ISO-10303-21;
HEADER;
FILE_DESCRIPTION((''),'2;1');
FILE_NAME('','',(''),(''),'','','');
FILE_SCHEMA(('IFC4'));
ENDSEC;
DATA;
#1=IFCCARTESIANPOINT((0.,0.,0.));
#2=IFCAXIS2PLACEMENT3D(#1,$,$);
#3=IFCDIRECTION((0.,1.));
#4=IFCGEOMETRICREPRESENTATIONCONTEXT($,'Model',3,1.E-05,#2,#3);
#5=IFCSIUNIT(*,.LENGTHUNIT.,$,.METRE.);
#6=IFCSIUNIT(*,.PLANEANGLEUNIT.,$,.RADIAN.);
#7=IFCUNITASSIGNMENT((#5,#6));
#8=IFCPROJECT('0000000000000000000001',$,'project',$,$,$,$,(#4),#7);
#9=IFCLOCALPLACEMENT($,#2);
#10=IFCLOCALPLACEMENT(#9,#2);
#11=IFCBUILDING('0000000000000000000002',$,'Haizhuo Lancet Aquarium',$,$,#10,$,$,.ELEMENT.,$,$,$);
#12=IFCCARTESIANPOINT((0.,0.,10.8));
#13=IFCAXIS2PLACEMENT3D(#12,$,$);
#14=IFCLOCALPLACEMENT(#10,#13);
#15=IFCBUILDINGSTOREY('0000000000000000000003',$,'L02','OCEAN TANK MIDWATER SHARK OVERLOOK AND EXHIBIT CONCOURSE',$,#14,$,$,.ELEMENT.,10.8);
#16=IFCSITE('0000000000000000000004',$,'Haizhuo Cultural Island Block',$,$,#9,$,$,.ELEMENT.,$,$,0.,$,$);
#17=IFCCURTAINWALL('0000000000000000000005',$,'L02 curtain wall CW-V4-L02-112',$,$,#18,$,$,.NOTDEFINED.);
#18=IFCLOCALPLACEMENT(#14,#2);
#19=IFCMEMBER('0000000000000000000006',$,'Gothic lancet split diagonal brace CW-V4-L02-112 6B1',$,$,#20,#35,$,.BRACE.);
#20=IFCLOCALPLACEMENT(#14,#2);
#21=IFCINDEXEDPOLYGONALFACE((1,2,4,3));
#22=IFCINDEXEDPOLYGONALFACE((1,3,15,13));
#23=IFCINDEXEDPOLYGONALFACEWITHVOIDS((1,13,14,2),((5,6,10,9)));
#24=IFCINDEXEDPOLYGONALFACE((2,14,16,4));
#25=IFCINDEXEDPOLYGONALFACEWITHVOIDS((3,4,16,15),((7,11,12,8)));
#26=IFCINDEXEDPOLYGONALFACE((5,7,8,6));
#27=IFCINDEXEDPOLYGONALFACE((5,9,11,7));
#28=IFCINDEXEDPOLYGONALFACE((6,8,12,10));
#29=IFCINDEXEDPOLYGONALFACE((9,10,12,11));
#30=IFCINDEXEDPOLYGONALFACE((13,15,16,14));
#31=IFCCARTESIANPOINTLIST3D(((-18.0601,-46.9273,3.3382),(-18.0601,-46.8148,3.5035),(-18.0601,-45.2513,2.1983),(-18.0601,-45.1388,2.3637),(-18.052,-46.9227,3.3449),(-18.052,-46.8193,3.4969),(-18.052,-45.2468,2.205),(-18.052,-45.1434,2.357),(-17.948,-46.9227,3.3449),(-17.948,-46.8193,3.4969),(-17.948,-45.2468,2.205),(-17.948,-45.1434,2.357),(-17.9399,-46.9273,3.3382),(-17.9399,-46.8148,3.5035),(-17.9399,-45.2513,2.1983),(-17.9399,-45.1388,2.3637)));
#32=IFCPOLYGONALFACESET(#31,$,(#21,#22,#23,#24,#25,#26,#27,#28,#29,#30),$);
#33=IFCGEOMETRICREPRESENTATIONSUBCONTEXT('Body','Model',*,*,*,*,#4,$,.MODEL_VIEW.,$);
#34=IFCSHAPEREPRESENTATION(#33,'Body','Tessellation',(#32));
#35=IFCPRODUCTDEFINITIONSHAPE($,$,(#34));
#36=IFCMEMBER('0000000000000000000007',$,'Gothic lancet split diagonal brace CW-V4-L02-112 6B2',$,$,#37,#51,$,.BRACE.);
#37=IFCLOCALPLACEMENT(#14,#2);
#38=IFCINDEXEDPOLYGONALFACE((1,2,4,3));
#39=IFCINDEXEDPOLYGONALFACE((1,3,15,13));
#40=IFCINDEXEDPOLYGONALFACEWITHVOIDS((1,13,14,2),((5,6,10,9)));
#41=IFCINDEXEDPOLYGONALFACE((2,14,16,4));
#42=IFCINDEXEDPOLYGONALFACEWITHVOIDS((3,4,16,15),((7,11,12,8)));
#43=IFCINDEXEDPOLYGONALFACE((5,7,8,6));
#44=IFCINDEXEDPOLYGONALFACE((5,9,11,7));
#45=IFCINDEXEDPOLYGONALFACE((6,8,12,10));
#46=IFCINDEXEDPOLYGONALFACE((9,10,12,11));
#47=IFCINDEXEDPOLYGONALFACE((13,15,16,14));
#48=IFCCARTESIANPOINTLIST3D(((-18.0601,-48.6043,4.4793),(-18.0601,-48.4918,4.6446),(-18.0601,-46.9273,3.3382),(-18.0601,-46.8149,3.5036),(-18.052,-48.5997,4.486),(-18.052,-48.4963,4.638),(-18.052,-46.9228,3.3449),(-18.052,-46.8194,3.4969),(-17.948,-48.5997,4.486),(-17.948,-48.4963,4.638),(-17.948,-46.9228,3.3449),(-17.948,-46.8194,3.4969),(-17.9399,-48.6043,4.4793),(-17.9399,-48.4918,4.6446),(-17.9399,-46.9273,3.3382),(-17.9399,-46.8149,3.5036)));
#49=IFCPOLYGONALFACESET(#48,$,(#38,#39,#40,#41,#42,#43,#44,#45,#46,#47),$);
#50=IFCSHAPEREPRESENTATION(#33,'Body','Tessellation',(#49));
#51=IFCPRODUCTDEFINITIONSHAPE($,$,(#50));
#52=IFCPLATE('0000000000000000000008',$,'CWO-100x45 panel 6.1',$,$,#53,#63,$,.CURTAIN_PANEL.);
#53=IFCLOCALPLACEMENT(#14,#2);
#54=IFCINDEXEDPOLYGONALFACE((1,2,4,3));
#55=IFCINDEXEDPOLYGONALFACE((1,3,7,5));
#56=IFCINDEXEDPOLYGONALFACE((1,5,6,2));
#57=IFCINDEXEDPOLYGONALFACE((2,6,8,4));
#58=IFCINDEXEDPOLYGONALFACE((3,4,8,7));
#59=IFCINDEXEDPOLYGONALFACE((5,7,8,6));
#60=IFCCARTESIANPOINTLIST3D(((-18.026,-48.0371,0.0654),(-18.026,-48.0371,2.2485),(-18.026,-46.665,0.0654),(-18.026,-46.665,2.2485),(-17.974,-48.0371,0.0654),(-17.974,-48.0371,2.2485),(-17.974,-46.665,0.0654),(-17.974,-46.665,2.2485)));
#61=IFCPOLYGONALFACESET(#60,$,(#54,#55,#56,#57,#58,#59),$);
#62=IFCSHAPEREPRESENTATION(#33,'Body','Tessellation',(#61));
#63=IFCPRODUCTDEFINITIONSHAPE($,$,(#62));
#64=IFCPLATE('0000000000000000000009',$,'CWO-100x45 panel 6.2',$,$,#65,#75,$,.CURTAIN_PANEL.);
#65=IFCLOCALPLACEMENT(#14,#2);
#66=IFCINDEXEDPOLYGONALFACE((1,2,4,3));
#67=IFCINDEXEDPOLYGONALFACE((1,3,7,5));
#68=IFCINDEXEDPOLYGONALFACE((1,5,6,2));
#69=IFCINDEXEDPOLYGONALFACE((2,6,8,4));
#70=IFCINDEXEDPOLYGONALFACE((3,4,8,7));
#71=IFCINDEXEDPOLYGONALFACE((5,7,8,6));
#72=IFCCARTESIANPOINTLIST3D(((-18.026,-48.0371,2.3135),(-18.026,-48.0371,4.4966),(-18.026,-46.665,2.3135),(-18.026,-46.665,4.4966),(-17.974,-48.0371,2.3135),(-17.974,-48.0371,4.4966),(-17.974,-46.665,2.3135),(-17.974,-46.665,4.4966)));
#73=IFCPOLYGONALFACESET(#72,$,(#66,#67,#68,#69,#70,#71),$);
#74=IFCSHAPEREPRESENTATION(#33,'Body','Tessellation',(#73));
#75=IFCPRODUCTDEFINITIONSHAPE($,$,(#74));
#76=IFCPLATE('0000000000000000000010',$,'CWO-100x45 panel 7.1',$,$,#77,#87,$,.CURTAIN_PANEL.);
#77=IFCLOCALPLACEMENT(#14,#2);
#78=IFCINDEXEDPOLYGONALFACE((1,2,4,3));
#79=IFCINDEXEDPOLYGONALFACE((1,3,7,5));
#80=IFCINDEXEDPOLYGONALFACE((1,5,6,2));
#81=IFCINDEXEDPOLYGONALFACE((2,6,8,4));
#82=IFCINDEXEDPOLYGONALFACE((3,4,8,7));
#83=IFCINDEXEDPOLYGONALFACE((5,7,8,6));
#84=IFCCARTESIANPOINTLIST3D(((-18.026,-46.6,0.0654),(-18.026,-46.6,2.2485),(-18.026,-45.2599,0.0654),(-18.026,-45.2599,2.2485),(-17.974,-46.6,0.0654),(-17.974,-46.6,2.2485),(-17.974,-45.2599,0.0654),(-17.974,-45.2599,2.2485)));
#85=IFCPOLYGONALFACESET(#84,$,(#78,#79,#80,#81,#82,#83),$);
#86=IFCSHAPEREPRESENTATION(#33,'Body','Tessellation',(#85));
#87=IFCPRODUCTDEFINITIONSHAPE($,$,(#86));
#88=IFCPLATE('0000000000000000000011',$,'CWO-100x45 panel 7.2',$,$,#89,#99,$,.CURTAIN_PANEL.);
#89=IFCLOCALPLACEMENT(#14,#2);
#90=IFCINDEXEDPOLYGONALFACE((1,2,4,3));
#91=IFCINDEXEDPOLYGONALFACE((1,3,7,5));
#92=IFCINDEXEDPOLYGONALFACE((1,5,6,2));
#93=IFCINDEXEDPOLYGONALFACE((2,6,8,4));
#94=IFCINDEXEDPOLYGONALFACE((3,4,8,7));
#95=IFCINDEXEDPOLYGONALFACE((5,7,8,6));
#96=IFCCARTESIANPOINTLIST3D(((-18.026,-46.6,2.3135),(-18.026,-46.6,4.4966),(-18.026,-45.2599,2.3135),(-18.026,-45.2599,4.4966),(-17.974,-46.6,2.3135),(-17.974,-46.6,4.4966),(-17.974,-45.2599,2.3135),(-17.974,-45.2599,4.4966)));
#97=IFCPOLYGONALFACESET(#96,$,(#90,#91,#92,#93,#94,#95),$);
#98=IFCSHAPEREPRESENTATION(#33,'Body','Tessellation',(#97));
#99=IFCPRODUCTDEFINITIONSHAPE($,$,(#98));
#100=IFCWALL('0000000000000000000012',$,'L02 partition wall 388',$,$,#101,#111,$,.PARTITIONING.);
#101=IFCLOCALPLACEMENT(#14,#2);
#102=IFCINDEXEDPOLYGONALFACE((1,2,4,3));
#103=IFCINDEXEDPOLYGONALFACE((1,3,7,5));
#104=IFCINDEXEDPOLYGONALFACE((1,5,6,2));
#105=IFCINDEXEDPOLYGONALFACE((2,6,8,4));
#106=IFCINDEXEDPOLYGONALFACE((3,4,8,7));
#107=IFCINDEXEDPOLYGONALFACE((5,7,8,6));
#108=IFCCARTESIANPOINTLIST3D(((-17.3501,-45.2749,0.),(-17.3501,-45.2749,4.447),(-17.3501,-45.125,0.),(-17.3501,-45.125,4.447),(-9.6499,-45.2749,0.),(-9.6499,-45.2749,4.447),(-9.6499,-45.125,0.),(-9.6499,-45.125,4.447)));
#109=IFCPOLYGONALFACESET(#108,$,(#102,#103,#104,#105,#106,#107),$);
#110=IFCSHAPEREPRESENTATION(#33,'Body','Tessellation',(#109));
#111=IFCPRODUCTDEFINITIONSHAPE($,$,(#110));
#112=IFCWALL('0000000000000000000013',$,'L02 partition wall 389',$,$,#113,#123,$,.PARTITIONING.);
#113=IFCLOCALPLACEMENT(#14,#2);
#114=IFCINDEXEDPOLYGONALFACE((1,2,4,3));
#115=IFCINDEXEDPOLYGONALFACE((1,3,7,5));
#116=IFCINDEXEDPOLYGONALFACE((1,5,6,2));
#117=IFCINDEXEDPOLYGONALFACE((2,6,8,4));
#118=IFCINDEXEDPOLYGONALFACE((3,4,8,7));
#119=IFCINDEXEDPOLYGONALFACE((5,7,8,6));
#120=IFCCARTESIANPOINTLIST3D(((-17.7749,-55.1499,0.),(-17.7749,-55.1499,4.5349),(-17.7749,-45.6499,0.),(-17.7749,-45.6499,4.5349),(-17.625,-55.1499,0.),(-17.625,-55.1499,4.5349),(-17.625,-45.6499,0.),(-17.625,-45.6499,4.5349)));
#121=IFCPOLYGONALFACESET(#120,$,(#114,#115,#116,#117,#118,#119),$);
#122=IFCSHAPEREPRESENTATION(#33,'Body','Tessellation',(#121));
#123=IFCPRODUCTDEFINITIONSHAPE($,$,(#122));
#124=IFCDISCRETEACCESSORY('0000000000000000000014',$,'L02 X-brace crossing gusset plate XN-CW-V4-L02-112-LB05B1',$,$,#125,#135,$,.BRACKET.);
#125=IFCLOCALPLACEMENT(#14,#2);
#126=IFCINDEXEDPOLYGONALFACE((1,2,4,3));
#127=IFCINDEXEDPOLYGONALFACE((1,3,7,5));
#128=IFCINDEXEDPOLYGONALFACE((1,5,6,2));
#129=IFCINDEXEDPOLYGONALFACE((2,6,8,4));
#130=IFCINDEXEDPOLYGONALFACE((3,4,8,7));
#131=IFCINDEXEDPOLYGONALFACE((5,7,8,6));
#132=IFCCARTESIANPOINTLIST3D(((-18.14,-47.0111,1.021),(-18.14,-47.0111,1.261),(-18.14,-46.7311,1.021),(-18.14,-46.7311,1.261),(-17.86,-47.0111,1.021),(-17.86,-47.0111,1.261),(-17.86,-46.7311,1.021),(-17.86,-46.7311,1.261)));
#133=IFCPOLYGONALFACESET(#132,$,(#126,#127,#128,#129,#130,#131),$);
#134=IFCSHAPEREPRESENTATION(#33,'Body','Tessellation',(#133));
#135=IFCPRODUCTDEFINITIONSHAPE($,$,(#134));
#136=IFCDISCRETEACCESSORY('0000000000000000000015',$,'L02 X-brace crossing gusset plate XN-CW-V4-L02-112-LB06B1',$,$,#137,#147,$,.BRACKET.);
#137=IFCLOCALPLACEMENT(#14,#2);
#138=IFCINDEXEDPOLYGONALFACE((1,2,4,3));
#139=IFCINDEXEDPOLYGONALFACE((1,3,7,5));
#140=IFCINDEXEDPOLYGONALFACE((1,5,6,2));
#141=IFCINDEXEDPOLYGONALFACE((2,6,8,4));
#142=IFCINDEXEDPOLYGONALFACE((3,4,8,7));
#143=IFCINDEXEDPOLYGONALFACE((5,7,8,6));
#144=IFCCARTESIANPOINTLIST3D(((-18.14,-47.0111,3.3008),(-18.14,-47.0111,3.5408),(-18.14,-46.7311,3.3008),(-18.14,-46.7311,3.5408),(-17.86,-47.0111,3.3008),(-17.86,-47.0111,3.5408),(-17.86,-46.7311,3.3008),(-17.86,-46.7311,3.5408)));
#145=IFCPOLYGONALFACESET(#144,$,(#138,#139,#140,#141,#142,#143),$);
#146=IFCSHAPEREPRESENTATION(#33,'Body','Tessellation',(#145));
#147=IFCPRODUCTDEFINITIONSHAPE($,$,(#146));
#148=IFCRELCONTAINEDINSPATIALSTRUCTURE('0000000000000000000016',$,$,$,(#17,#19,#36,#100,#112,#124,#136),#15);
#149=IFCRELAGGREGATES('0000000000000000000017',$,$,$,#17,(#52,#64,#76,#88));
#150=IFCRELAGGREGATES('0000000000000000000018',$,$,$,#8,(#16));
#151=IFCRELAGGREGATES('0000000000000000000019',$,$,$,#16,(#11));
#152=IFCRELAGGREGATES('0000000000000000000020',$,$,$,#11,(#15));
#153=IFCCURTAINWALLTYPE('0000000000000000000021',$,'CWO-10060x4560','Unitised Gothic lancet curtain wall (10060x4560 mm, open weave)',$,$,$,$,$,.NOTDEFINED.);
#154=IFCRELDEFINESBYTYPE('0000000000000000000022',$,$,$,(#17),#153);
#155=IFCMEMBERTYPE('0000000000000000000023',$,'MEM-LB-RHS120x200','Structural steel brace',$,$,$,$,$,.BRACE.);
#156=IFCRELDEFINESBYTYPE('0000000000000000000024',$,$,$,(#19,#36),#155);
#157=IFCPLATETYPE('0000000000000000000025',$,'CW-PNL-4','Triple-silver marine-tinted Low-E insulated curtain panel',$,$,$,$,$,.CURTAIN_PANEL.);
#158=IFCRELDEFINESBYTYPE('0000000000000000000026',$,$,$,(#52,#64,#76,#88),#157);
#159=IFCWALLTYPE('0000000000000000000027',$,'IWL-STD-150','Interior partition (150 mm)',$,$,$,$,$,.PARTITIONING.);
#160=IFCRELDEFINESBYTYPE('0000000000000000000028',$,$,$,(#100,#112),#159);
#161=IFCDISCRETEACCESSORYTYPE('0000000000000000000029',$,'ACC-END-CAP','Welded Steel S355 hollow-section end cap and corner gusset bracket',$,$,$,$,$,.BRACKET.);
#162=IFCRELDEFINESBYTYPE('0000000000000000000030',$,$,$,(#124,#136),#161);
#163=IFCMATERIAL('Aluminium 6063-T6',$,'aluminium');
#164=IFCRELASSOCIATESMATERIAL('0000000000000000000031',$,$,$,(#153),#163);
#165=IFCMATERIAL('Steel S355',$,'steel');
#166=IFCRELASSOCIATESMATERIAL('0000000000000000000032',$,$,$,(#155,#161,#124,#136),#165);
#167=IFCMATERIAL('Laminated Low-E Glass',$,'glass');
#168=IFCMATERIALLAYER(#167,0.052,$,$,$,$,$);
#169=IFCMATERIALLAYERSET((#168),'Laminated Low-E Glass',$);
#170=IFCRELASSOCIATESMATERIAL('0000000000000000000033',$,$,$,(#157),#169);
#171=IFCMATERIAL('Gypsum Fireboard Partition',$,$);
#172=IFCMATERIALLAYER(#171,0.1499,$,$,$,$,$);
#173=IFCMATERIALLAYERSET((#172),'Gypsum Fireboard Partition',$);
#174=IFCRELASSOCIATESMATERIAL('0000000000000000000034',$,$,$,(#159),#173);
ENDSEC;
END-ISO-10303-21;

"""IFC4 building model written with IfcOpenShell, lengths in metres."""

from ifc_helpers import new_model, si_unit, direction, frame, frame_2d, origin, origin_2d, place, context, subcontext, project, spatial, rectangle, hollow_rectangle, extrude, material, layer, layer_set, material_profile, profile_set, type_object, element, aggregate, save


model = new_model("IFC4")

# Units and contexts
model_context = context("Model", 3, precision=1e-05, world=origin(), true_north=direction((0.0, 1.0)))
body_context = subcontext(model_context, "Body", "Model", "MODEL_VIEW")
ifc_project = project(units=[si_unit("LENGTHUNIT", "METRE"), si_unit("PLANEANGLEUNIT", "RADIAN")], contexts=[model_context])

# Site, building, storey
site_placement = place(None, origin())
site = spatial("IfcSite", under=ifc_project, at=site_placement, Name="Haizhuo Cultural Island Block", CompositionType="ELEMENT", RefElevation=0.0)
building_placement = place(site_placement, origin())
building = spatial("IfcBuilding", under=site, at=building_placement, Name="Haizhuo Lancet Aquarium", CompositionType="ELEMENT")
storey_placement = place(building_placement, frame((0.0, 0.0, 10.8)))
storey = spatial("IfcBuildingStorey", under=building, at=storey_placement, Name="L02", Description="OCEAN TANK MIDWATER SHARK OVERLOOK AND EXHIBIT CONCOURSE", CompositionType="ELEMENT", Elevation=10.8)

# Shared definitions
ifc_material_1 = material(Name="Steel S355", Category="steel")

# Curtain wall
ifc_material_2 = material(Name="Aluminium 6063-T6", Category="aluminium")
curtain_wall_type = type_object("IfcCurtainWallType", Name="CWO-10060x4560", Description="Unitised Gothic lancet curtain wall (10060x4560 mm, open weave)", PredefinedType="NOTDEFINED", material=ifc_material_2)
curtain_wall_placement = place(storey_placement, origin())
curtain_wall = element("IfcCurtainWall", 1, at=curtain_wall_placement, inside=storey, type_object=curtain_wall_type, Name="L02 curtain wall CW-V4-L02-112", PredefinedType="NOTDEFINED")

# Members
ifc_material_profile_1 = material_profile(ifc_material_1, hollow_rectangle(XDim=0.1201, YDim=0.2, WallThickness=0.0081, at=origin_2d()), Name="RHS 120x200x8")
ifc_profile_set_1 = profile_set([ifc_material_profile_1], Name="Steel S355")
member_type_1 = type_object("IfcMemberType", Name="MEM-LB-RHS120x200", Description="Structural steel brace", PredefinedType="BRACE", material=ifc_profile_set_1)
member_1_placement = place(storey_placement, frame((-18.0, -45.1951, 2.281), z_axis=(0.0, -0.826882, 0.562376), x_axis=(1.0, 0.0, 0.0)))
element("IfcMember", 2, at=member_1_placement, inside=storey, type_object=member_type_1, Name="Gothic lancet split diagonal brace CW-V4-L02-112 6B1", PredefinedType="BRACE", context=body_context, shape_type="SweptSolid", body=[
    extrude(hollow_rectangle(XDim=0.1201, YDim=0.2, WallThickness=0.0081, at=origin_2d()), origin(), (0.0, 0.0, 1.0), 2.0269),
])
member_2_placement = place(storey_placement, frame((-18.0, -46.8711, 3.4209), z_axis=(0.0, -0.826754, 0.562563), x_axis=(1.0, 0.0, 0.0)))
element("IfcMember", 3, at=member_2_placement, inside=storey, type_object=member_type_1, Name="Gothic lancet split diagonal brace CW-V4-L02-112 6B2", PredefinedType="BRACE", context=body_context, shape_type="SweptSolid", body=[
    extrude(hollow_rectangle(XDim=0.1201, YDim=0.2, WallThickness=0.0081, at=origin_2d()), origin(), (0.0, 0.0, 1.0), 2.0283),
])

# Plates
ifc_material_3 = material(Name="Laminated Low-E Glass", Category="glass")
ifc_layer_1 = layer(ifc_material_3, 0.052)
ifc_layer_set_1 = layer_set([ifc_layer_1], Name="Laminated Low-E Glass")
plate_type = type_object("IfcPlateType", Name="CW-PNL-4", Description="Triple-silver marine-tinted Low-E insulated curtain panel", PredefinedType="CURTAIN_PANEL", material=ifc_layer_set_1)
plate_1_placement = place(storey_placement, frame((-18.0, -47.3511, 0.0654), z_axis=(0.0, 0.0, 1.0), x_axis=(0.0, 1.0, 0.0)))
plate_1 = element("IfcPlate", 4, at=plate_1_placement, type_object=plate_type, Name="CWO-100x45 panel 6.1", PredefinedType="CURTAIN_PANEL", context=body_context, shape_type="SweptSolid", body=[
    extrude(rectangle(XDim=1.3721, YDim=0.052, at=origin_2d()), origin(), (0.0, 0.0, 1.0), 2.1831),
])
plate_2_placement = place(storey_placement, frame((-18.0, -47.3511, 2.3135), z_axis=(0.0, 0.0, 1.0), x_axis=(0.0, 1.0, 0.0)))
plate_2 = element("IfcPlate", 5, at=plate_2_placement, type_object=plate_type, Name="CWO-100x45 panel 6.2", PredefinedType="CURTAIN_PANEL", context=body_context, shape_type="SweptSolid", body=[
    extrude(rectangle(XDim=1.3721, YDim=0.052, at=origin_2d()), origin(), (0.0, 0.0, 1.0), 2.1831),
])
plate_3_placement = place(storey_placement, frame((-18.0, -45.9299, 0.0654), z_axis=(0.0, 0.0, 1.0), x_axis=(0.0, 1.0, 0.0)))
plate_3 = element("IfcPlate", 6, at=plate_3_placement, type_object=plate_type, Name="CWO-100x45 panel 7.1", PredefinedType="CURTAIN_PANEL", context=body_context, shape_type="SweptSolid", body=[
    extrude(rectangle(XDim=1.3401, YDim=0.052, at=origin_2d()), origin(), (0.0, 0.0, 1.0), 2.1831),
])
plate_4_placement = place(storey_placement, frame((-18.0, -45.9299, 2.3135), z_axis=(0.0, 0.0, 1.0), x_axis=(0.0, 1.0, 0.0)))
plate_4 = element("IfcPlate", 7, at=plate_4_placement, type_object=plate_type, Name="CWO-100x45 panel 7.2", PredefinedType="CURTAIN_PANEL", context=body_context, shape_type="SweptSolid", body=[
    extrude(rectangle(XDim=1.3401, YDim=0.052, at=origin_2d()), origin(), (0.0, 0.0, 1.0), 2.1831),
])
aggregate(curtain_wall, [plate_1, plate_2, plate_3, plate_4])

# Walls
ifc_material_4 = material(Name="Gypsum Fireboard Partition")
ifc_layer_2 = layer(ifc_material_4, 0.1499)
ifc_layer_set_2 = layer_set([ifc_layer_2], Name="Gypsum Fireboard Partition")
wall_type = type_object("IfcWallType", Name="IWL-STD-150", Description="Interior partition (150 mm)", PredefinedType="PARTITIONING", material=ifc_layer_set_2)
wall_1_placement = place(storey_placement, frame((-9.6499, -45.2, 0.0), z_axis=(0.0, 0.0, 1.0), x_axis=(-1.0, 0.0, 0.0)))
element("IfcWall", 8, at=wall_1_placement, inside=storey, type_object=wall_type, Name="L02 partition wall 388", PredefinedType="PARTITIONING", context=body_context, shape_type="SweptSolid", body=[
    extrude(rectangle(XDim=7.7002, YDim=0.1499, at=frame_2d((3.8501, 0.0))), origin(), (0.0, 0.0, 1.0), 4.447),
])
wall_2_placement = place(storey_placement, frame((-17.7, -45.6499, 0.0), z_axis=(0.0, 0.0, 1.0), x_axis=(0.0, -1.0, 0.0)))
element("IfcWall", 9, at=wall_2_placement, inside=storey, type_object=wall_type, Name="L02 partition wall 389", PredefinedType="PARTITIONING", context=body_context, shape_type="SweptSolid", body=[
    extrude(rectangle(XDim=9.5, YDim=0.1499, at=frame_2d((4.75, 0.0))), origin(), (0.0, 0.0, 1.0), 4.5349),
])

# Discrete accessories
discrete_accessory_type = type_object("IfcDiscreteAccessoryType", Name="ACC-END-CAP", Description="Welded Steel S355 hollow-section end cap and corner gusset bracket", PredefinedType="BRACKET", material=ifc_material_1)
for number, where, z_axis, x_axis, name in (
    (10, (-18.0, -46.8711, 1.021), (0.0, 0.0, 1.0), (1.0, 0.0, 0.0), "L02 X-brace crossing gusset plate XN-CW-V4-L02-112-LB05B1"),
    (11, (-18.0, -46.8711, 3.3008), (0.0, 0.0, 1.0), (1.0, 0.0, 0.0), "L02 X-brace crossing gusset plate XN-CW-V4-L02-112-LB06B1"),
):
    element("IfcDiscreteAccessory", number, at=place(storey_placement, frame(where, z_axis=z_axis, x_axis=x_axis)), inside=storey, type_object=discrete_accessory_type, material=ifc_material_1, Name=name, PredefinedType="BRACKET", context=body_context, shape_type="SweptSolid", body=[
        extrude(rectangle(XDim=0.28, YDim=0.28, at=origin_2d()), origin(), (0.0, 0.0, 1.0), 0.24),
    ])

save(model, "model.ifc")
